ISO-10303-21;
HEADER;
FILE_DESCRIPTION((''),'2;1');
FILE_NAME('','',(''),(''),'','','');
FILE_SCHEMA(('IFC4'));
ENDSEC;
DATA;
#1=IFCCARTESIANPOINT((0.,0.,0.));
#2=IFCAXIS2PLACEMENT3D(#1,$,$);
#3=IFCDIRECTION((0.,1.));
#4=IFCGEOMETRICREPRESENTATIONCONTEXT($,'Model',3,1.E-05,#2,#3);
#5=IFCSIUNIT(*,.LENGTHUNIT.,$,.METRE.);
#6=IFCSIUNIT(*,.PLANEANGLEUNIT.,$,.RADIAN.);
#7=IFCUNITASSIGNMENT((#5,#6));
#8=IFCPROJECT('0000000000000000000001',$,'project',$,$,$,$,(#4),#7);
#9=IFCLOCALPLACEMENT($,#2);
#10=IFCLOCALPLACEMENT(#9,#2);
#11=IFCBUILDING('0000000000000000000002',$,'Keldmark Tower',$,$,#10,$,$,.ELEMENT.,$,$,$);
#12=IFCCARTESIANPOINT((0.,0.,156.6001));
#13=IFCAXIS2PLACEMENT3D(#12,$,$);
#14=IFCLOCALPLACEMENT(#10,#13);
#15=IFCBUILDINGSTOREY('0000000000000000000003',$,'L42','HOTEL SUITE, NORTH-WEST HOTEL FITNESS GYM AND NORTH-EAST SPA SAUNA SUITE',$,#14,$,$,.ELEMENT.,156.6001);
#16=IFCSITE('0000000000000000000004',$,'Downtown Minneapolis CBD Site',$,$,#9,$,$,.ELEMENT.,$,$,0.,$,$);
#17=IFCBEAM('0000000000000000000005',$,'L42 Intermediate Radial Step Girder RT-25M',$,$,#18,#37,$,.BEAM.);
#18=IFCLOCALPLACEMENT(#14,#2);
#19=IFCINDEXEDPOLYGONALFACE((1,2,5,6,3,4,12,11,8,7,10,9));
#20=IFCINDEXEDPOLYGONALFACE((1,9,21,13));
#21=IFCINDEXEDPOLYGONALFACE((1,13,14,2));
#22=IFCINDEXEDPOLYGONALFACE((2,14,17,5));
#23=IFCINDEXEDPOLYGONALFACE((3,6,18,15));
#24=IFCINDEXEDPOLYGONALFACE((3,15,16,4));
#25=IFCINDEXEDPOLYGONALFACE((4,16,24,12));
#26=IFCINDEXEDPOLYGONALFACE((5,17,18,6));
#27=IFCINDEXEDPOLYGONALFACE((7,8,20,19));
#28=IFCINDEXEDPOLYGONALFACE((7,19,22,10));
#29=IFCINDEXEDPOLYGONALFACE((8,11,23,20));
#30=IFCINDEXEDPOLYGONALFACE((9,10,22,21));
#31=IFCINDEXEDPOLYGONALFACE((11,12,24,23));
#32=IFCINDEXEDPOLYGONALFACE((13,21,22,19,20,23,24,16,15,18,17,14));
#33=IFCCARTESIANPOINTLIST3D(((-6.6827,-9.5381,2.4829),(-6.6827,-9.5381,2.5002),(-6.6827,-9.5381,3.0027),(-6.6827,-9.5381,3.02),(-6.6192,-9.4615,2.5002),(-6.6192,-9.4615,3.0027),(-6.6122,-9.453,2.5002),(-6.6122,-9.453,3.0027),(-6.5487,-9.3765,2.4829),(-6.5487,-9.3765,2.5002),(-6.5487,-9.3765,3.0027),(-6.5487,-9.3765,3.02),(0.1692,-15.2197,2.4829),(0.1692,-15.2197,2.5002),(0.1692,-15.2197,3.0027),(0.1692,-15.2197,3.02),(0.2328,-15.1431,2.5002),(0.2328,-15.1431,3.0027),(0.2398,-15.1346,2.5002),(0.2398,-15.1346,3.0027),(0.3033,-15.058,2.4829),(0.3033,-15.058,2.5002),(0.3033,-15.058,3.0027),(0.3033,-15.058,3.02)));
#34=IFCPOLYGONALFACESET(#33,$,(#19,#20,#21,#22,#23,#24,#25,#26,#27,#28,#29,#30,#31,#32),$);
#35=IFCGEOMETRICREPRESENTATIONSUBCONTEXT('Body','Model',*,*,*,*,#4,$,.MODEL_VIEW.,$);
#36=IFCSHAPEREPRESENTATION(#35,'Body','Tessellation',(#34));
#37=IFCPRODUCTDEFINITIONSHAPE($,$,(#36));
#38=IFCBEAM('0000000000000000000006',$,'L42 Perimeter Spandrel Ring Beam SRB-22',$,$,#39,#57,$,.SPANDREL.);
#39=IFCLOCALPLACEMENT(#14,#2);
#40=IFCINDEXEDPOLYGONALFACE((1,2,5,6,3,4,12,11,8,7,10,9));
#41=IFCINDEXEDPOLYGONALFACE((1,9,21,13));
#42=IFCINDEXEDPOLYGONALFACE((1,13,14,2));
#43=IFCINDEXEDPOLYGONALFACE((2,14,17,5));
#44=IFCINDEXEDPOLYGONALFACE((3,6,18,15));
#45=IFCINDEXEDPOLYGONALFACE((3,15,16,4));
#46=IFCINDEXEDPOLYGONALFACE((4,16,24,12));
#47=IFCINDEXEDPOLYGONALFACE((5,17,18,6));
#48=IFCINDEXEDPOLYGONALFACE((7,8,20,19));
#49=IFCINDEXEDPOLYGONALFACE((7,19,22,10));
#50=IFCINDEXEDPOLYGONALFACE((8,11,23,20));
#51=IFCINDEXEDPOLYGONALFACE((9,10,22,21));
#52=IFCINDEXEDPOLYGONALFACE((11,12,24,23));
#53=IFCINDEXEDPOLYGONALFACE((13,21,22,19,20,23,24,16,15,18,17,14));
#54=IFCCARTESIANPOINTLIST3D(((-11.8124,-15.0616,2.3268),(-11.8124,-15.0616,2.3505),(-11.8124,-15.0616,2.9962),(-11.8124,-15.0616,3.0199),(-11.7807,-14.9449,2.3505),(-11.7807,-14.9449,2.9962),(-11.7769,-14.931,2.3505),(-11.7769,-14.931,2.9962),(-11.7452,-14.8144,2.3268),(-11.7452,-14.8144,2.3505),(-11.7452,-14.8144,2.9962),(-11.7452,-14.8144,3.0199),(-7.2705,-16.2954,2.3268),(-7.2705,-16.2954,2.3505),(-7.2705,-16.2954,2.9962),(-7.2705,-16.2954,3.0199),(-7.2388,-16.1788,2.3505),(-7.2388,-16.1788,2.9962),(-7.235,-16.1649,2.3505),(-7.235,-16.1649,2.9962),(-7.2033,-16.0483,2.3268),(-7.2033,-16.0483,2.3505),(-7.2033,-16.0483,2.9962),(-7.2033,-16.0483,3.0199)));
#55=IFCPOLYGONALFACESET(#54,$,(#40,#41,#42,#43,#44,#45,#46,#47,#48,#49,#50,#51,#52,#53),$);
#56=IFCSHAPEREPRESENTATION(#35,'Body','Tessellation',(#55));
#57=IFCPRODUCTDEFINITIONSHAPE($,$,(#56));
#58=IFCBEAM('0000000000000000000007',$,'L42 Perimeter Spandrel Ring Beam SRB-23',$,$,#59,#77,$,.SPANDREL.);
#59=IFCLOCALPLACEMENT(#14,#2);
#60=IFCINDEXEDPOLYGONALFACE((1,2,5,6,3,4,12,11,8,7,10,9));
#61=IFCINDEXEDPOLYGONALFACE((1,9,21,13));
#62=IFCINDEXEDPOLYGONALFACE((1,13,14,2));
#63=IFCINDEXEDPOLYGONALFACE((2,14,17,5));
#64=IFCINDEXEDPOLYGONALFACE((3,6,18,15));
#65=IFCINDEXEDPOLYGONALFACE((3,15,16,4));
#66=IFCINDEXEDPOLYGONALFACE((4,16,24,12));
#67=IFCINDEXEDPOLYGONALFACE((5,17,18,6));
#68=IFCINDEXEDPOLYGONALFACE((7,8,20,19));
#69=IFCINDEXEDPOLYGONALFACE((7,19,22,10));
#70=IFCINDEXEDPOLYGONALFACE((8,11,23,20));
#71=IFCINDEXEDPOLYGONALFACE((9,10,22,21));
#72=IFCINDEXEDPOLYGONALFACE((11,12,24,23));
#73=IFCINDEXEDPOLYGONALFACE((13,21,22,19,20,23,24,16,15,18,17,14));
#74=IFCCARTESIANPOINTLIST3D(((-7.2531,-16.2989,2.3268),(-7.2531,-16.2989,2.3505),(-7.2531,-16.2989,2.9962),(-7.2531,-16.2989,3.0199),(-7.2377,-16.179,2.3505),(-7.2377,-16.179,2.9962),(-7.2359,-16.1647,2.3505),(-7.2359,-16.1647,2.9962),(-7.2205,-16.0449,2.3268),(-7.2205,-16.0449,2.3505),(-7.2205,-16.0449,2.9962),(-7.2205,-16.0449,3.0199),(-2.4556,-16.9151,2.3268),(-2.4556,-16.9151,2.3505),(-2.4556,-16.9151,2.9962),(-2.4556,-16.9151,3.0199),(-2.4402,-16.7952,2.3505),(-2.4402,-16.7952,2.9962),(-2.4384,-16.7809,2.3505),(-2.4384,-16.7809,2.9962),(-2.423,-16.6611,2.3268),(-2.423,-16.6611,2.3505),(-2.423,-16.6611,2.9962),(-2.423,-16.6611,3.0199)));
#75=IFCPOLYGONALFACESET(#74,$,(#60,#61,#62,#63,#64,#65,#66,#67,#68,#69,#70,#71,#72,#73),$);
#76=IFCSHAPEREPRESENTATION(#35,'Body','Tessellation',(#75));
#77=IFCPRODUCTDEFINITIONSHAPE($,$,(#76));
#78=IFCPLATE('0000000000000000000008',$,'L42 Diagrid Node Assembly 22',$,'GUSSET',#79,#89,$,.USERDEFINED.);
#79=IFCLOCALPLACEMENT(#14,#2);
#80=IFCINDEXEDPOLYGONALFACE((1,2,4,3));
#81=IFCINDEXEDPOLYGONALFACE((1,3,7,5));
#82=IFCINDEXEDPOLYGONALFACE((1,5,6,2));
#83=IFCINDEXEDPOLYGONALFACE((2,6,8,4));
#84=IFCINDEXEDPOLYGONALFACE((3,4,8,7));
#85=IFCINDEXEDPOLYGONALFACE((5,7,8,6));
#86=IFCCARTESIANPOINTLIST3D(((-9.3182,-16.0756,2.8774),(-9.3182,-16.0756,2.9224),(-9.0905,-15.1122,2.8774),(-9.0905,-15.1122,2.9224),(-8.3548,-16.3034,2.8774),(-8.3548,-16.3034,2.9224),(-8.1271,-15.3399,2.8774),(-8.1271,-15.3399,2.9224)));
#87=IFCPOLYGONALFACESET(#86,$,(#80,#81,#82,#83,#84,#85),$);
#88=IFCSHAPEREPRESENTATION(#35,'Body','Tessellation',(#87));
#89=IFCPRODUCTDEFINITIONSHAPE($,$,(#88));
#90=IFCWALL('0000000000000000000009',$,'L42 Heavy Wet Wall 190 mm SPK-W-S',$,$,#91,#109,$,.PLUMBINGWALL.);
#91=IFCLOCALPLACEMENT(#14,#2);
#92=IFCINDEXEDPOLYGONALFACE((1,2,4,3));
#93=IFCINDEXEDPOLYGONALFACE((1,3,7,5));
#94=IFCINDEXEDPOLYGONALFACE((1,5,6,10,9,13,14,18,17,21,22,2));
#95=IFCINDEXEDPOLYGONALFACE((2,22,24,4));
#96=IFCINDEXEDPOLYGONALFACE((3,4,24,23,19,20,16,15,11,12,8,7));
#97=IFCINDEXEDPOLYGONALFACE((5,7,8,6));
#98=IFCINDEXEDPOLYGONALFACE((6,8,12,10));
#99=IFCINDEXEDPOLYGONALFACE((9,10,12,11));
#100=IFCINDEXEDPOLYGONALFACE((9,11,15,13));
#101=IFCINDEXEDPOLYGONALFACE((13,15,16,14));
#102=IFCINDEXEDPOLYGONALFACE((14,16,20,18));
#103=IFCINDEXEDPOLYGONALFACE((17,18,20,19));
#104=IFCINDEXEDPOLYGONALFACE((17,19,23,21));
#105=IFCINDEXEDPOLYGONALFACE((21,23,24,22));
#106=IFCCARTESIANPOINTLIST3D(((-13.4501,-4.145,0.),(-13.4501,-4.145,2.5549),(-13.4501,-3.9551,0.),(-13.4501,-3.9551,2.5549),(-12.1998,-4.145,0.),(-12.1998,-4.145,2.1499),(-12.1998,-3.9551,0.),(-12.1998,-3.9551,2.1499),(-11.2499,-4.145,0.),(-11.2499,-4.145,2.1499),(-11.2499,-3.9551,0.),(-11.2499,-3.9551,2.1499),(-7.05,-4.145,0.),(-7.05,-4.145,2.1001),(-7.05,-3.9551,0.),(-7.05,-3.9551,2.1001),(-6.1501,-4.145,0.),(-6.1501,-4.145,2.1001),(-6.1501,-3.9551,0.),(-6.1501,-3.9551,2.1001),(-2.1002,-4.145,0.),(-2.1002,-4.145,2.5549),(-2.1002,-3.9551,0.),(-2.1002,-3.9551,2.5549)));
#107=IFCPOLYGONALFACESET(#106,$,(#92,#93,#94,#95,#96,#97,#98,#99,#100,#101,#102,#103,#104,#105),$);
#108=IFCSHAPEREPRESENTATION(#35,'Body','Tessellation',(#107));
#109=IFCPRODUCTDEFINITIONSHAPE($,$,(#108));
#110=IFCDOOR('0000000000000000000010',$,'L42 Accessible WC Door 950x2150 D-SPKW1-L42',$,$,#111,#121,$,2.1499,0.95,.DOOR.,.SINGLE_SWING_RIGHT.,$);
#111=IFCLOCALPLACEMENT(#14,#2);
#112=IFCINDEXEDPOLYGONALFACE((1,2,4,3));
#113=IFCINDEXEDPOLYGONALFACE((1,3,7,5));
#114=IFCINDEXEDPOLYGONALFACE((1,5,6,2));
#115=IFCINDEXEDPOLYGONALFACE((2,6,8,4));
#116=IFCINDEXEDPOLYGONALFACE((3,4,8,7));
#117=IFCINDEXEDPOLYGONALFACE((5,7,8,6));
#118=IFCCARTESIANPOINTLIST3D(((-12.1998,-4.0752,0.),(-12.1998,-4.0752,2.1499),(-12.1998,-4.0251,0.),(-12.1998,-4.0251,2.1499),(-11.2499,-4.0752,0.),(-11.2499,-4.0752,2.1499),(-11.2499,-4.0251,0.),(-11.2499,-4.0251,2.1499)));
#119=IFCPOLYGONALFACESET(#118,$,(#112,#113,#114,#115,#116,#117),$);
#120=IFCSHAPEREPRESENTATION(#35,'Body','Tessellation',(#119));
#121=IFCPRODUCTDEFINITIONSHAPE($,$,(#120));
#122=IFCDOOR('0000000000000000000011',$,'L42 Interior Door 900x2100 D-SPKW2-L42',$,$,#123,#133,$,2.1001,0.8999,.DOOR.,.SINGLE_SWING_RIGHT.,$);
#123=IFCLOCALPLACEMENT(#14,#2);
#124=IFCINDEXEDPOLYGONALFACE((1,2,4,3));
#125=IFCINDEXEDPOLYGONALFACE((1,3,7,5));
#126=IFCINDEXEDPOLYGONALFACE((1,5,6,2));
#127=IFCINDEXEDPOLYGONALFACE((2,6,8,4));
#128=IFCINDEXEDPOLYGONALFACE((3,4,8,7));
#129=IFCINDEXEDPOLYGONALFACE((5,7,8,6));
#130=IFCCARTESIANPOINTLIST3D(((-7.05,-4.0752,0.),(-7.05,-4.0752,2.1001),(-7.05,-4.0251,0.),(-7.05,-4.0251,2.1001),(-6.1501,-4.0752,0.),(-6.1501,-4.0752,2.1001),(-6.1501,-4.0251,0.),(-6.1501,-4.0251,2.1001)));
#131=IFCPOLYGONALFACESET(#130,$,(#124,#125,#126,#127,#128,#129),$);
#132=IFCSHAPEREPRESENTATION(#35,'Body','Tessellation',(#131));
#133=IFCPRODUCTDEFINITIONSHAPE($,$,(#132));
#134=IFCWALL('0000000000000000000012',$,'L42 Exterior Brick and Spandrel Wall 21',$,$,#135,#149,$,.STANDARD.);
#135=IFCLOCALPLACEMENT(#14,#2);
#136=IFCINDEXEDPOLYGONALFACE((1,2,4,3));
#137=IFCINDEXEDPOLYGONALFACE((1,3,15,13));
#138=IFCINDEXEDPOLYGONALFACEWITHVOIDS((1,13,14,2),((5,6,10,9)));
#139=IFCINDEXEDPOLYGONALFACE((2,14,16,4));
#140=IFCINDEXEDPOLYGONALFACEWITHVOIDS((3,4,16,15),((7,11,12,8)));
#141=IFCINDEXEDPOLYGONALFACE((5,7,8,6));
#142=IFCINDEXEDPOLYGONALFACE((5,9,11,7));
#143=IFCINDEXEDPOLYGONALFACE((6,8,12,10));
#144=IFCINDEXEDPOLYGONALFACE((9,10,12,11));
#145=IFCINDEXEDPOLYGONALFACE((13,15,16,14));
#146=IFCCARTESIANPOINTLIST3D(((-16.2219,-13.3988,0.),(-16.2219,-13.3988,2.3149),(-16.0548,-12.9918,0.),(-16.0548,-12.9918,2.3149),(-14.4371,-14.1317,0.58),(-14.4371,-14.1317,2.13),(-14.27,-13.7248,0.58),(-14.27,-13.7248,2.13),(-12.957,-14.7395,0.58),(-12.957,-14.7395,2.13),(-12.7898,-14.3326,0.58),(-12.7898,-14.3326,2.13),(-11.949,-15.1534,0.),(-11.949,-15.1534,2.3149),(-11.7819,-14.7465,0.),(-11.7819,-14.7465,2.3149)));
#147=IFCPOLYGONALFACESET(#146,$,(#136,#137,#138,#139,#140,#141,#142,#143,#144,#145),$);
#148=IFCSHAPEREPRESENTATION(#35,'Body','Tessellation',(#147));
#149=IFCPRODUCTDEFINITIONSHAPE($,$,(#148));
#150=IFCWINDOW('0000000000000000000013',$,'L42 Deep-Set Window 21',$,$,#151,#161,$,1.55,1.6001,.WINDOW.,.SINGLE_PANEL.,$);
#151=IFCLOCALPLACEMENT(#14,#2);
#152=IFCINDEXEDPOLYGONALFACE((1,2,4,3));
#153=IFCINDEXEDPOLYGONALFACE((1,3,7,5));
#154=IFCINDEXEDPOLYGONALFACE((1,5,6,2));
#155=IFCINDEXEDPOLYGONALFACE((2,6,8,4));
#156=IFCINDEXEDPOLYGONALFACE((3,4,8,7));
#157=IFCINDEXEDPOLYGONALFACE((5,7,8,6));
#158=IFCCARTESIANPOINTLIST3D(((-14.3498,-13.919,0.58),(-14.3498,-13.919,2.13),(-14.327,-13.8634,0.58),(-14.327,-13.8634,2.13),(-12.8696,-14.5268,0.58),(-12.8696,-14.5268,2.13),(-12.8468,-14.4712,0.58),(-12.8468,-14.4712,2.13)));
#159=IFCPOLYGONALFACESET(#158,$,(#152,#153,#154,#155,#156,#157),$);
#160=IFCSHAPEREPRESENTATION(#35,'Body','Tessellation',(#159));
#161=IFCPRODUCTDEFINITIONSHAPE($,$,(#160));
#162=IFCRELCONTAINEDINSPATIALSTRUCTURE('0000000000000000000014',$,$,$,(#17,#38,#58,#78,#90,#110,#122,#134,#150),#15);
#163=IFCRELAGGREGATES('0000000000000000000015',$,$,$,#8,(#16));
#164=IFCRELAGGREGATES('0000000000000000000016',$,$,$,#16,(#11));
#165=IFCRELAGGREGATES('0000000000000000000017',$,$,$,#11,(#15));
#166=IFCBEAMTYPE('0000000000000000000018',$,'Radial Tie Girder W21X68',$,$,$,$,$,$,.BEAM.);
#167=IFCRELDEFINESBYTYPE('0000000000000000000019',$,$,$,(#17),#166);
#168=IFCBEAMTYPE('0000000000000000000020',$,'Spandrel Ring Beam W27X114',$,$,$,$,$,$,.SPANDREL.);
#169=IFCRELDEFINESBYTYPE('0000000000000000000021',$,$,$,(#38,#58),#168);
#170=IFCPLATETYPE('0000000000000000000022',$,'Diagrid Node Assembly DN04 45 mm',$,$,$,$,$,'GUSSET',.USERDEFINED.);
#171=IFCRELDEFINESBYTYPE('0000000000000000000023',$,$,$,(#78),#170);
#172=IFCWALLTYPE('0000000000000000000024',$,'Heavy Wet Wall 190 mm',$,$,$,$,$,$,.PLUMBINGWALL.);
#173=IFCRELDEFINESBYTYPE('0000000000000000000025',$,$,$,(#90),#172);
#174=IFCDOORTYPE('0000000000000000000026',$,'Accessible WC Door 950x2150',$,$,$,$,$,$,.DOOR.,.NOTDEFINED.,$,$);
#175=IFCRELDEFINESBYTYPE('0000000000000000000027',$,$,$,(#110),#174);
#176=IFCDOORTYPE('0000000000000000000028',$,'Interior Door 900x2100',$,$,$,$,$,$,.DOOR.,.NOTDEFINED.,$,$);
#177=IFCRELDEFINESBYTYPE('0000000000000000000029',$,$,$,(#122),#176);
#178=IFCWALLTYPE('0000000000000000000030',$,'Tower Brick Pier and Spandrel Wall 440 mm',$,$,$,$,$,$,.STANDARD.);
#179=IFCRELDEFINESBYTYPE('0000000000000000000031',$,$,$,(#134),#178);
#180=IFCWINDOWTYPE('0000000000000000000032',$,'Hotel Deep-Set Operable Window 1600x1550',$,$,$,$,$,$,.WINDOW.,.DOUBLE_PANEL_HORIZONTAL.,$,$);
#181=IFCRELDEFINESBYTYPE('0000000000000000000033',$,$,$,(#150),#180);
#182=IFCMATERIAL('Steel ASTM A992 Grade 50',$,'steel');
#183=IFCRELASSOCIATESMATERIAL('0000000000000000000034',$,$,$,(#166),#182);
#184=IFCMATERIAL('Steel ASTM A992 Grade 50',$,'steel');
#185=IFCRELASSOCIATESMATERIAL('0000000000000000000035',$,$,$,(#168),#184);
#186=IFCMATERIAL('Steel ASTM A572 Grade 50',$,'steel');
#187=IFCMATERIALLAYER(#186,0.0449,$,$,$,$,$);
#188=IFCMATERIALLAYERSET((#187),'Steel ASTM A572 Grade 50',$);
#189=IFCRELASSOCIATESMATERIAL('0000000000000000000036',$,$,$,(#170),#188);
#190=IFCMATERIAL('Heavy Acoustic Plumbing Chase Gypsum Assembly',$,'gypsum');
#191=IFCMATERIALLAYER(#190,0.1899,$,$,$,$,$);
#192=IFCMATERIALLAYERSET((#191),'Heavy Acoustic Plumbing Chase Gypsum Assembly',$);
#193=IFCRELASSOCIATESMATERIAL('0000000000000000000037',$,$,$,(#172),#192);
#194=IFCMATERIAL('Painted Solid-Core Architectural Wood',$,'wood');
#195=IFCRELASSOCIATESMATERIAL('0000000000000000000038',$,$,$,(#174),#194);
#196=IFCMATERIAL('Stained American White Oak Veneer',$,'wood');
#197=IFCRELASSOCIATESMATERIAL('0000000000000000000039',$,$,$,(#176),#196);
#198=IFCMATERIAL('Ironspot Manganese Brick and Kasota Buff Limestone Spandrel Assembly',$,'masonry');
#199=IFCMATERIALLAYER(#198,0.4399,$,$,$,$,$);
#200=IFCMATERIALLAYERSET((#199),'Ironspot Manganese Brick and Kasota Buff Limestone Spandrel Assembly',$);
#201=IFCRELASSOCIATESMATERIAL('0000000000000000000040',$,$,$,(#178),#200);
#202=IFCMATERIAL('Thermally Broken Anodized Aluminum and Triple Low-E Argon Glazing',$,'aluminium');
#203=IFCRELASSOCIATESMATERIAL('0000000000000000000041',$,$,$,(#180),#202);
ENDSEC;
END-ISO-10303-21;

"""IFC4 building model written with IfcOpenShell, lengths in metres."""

from ifc_helpers import new_model, si_unit, direction, frame, frame_2d, origin, origin_2d, place, context, subcontext, project, spatial, rectangle, i_section, extrude, material, layer, layer_set, material_profile, profile_set, type_object, element, fill, save


model = new_model("IFC4")

# Units and contexts
model_context = context("Model", 3, precision=1e-05, world=origin(), true_north=direction((0.0, 1.0)))
body_context = subcontext(model_context, "Body", "Model", "MODEL_VIEW")
ifc_project = project(units=[si_unit("LENGTHUNIT", "METRE"), si_unit("PLANEANGLEUNIT", "RADIAN")], contexts=[model_context])

# Site, building, storey
site_placement = place(None, origin())
site = spatial("IfcSite", under=ifc_project, at=site_placement, Name="Downtown Minneapolis CBD Site", CompositionType="ELEMENT", RefElevation=0.0)
building_placement = place(site_placement, origin())
building = spatial("IfcBuilding", under=site, at=building_placement, Name="Keldmark Tower", CompositionType="ELEMENT")
storey_placement = place(building_placement, frame((0.0, 0.0, 156.6001)))
storey = spatial("IfcBuildingStorey", under=building, at=storey_placement, Name="L42", Description="HOTEL SUITE, NORTH-WEST HOTEL FITNESS GYM AND NORTH-EAST SPA SAUNA SUITE", CompositionType="ELEMENT", Elevation=156.6001)

# Beams
ifc_material_1 = material(Name="Steel ASTM A992 Grade 50", Category="steel")
ifc_material_profile_1 = material_profile(ifc_material_1, i_section(OverallWidth=0.21, OverallDepth=0.5371, WebThickness=0.011, FlangeThickness=0.0173, at=origin_2d()), Name="W21X68")
ifc_profile_set_1 = profile_set([ifc_material_profile_1], Name="Steel ASTM A992 Grade 50")
beam_type_1 = type_object("IfcBeamType", Name="Radial Tie Girder W21X68", PredefinedType="BEAM", material=ifc_profile_set_1)
beam_1_placement = place(storey_placement, frame((-6.6157, -9.4573, 2.7515), z_axis=(0.769788, -0.638299, 0.0), x_axis=(0.638299, 0.769788, 0.0)))
element("IfcBeam", 1, at=beam_1_placement, inside=storey, type_object=beam_type_1, Name="L42 Intermediate Radial Step Girder RT-25M", PredefinedType="BEAM", context=body_context, shape_type="SweptSolid", body=[
    extrude(i_section(OverallWidth=0.21, OverallDepth=0.5371, WebThickness=0.011, FlangeThickness=0.0173, at=origin_2d()), origin(), (0.0, 0.0, 1.0), 8.9011),
])
ifc_material_2 = material(Name="Steel ASTM A992 Grade 50", Category="steel")
ifc_material_profile_2 = material_profile(ifc_material_2, i_section(OverallWidth=0.2561, OverallDepth=0.6931, WebThickness=0.0144, FlangeThickness=0.0237, at=origin_2d()), Name="W27X114")
ifc_profile_set_2 = profile_set([ifc_material_profile_2], Name="Steel ASTM A992 Grade 50")
beam_type_2 = type_object("IfcBeamType", Name="Spandrel Ring Beam W27X114", PredefinedType="SPANDREL", material=ifc_profile_set_2)
beam_2_placement = place(storey_placement, frame((-11.7788, -14.938, 2.6733), z_axis=(0.965024, -0.26216, 0.0), x_axis=(0.26216, 0.965024, 0.0)))
element("IfcBeam", 2, at=beam_2_placement, inside=storey, type_object=beam_type_2, Name="L42 Perimeter Spandrel Ring Beam SRB-22", PredefinedType="SPANDREL", context=body_context, shape_type="SweptSolid", body=[
    extrude(i_section(OverallWidth=0.2561, OverallDepth=0.6931, WebThickness=0.0144, FlangeThickness=0.0237, at=origin_2d()), origin(), (0.0, 0.0, 1.0), 4.7065),
])
beam_3_placement = place(storey_placement, frame((-7.2368, -16.1719, 2.6733), z_axis=(0.991852, -0.127395, 0.0), x_axis=(0.127395, 0.991852, 0.0)))
element("IfcBeam", 3, at=beam_3_placement, inside=storey, type_object=beam_type_2, Name="L42 Perimeter Spandrel Ring Beam SRB-23", PredefinedType="SPANDREL", context=body_context, shape_type="SweptSolid", body=[
    extrude(i_section(OverallWidth=0.2561, OverallDepth=0.6931, WebThickness=0.0144, FlangeThickness=0.0237, at=origin_2d()), origin(), (0.0, 0.0, 1.0), 4.8369),
])

# Plate
ifc_material_3 = material(Name="Steel ASTM A572 Grade 50", Category="steel")
ifc_layer_1 = layer(ifc_material_3, 0.0449)
ifc_layer_set_1 = layer_set([ifc_layer_1], Name="Steel ASTM A572 Grade 50")
plate_type = type_object("IfcPlateType", Name="Diagrid Node Assembly DN04 45 mm", ElementType="GUSSET", PredefinedType="USERDEFINED", material=ifc_layer_set_1)
plate_placement = place(storey_placement, frame((-8.7227, -15.7078, 2.8774), z_axis=(0.0, 0.0, 1.0), x_axis=(0.973179, -0.23005, 0.0)))
element("IfcPlate", 4, at=plate_placement, inside=storey, type_object=plate_type, Name="L42 Diagrid Node Assembly 22", ObjectType="GUSSET", PredefinedType="USERDEFINED", context=body_context, shape_type="SweptSolid", body=[
    extrude(rectangle(XDim=0.99, YDim=0.99, at=origin_2d()), origin(), (0.0, 0.0, 1.0), 0.0449),
])

# Wall, openings, doors
ifc_material_4 = material(Name="Heavy Acoustic Plumbing Chase Gypsum Assembly", Category="gypsum")
ifc_layer_2 = layer(ifc_material_4, 0.1899)
ifc_layer_set_2 = layer_set([ifc_layer_2], Name="Heavy Acoustic Plumbing Chase Gypsum Assembly")
wall_type_1 = type_object("IfcWallType", Name="Heavy Wet Wall 190 mm", PredefinedType="PLUMBINGWALL", material=ifc_layer_set_2)
wall_1_placement = place(storey_placement, frame((-13.45, -4.05, 0.0), z_axis=(0.0, 0.0, 1.0), x_axis=(1.0, 0.0, 0.0)))
wall_1 = element("IfcWall", 5, at=wall_1_placement, inside=storey, type_object=wall_type_1, Name="L42 Heavy Wet Wall 190 mm SPK-W-S", PredefinedType="PLUMBINGWALL", context=body_context, shape_type="SweptSolid", body=[
    extrude(rectangle(XDim=11.3499, YDim=0.1899, at=frame_2d((5.6748, 0.0))), origin(), (0.0, 0.0, 1.0), 2.5549),
])
opening_1_placement = place(wall_1_placement, frame((1.25, 0.0, 0.0)))
opening_1 = element("IfcOpeningElement", 6, at=opening_1_placement, cuts=wall_1, PredefinedType="OPENING", context=body_context, shape_type="SweptSolid", body=[
    extrude(rectangle(XDim=0.95, YDim=2.1499, at=frame_2d((0.4751, 1.075))), frame((0.0, 0.105, 0.0), z_axis=(0.0, -1.0, 0.0), x_axis=(1.0, 0.0, 0.0)), (0.0, 0.0, 1.0), 0.21),
])
opening_2_placement = place(wall_1_placement, frame((6.3999, 0.0, 0.0)))
opening_2 = element("IfcOpeningElement", 7, at=opening_2_placement, cuts=wall_1, PredefinedType="OPENING", context=body_context, shape_type="SweptSolid", body=[
    extrude(rectangle(XDim=0.8999, YDim=2.1001, at=frame_2d((0.45, 1.05))), frame((0.0, 0.105, 0.0), z_axis=(0.0, -1.0, 0.0), x_axis=(1.0, 0.0, 0.0)), (0.0, 0.0, 1.0), 0.21),
])
ifc_material_5 = material(Name="Painted Solid-Core Architectural Wood", Category="wood")
door_type_1 = type_object("IfcDoorType", Name="Accessible WC Door 950x2150", OperationType="NOTDEFINED", PredefinedType="DOOR", material=ifc_material_5)
door_1_placement = place(opening_1_placement, origin())
door_1 = element("IfcDoor", 8, at=door_1_placement, inside=storey, type_object=door_type_1, Name="L42 Accessible WC Door 950x2150 D-SPKW1-L42", OperationType="SINGLE_SWING_RIGHT", OverallHeight=2.1499, OverallWidth=0.95, PredefinedType="DOOR", context=body_context, shape_type="SweptSolid", body=[
    extrude(rectangle(XDim=0.95, YDim=2.1499, at=frame_2d((0.4751, 1.075))), frame((0.0, 0.0249, 0.0), z_axis=(0.0, -1.0, 0.0), x_axis=(1.0, 0.0, 0.0)), (0.0, 0.0, 1.0), 0.05),
])
fill(opening_1, door_1)
ifc_material_6 = material(Name="Stained American White Oak Veneer", Category="wood")
door_type_2 = type_object("IfcDoorType", Name="Interior Door 900x2100", OperationType="NOTDEFINED", PredefinedType="DOOR", material=ifc_material_6)
door_2_placement = place(opening_2_placement, origin())
door_2 = element("IfcDoor", 9, at=door_2_placement, inside=storey, type_object=door_type_2, Name="L42 Interior Door 900x2100 D-SPKW2-L42", OperationType="SINGLE_SWING_RIGHT", OverallHeight=2.1001, OverallWidth=0.8999, PredefinedType="DOOR", context=body_context, shape_type="SweptSolid", body=[
    extrude(rectangle(XDim=0.8999, YDim=2.1001, at=frame_2d((0.45, 1.05))), frame((0.0, 0.0249, 0.0), z_axis=(0.0, -1.0, 0.0), x_axis=(1.0, 0.0, 0.0)), (0.0, 0.0, 1.0), 0.05),
])
fill(opening_2, door_2)

# Wall, opening, window
ifc_material_7 = material(Name="Ironspot Manganese Brick and Kasota Buff Limestone Spandrel Assembly", Category="masonry")
ifc_layer_3 = layer(ifc_material_7, 0.4399)
ifc_layer_set_3 = layer_set([ifc_layer_3], Name="Ironspot Manganese Brick and Kasota Buff Limestone Spandrel Assembly")
wall_type_2 = type_object("IfcWallType", Name="Tower Brick Pier and Spandrel Wall 440 mm", PredefinedType="STANDARD", material=ifc_layer_set_3)
wall_2_placement = place(storey_placement, frame((-11.8655, -14.95, 0.0), z_axis=(0.0, 0.0, 1.0), x_axis=(-0.925044, 0.379859, 0.0)))
wall_2 = element("IfcWall", 10, at=wall_2_placement, inside=storey, type_object=wall_type_2, Name="L42 Exterior Brick and Spandrel Wall 21", PredefinedType="STANDARD", context=body_context, shape_type="SweptSolid", body=[
    extrude(rectangle(XDim=4.6191, YDim=0.4399, at=frame_2d((2.3096, 0.0))), origin(), (0.0, 0.0, 1.0), 2.3149),
])
opening_3_placement = place(wall_2_placement, frame((1.0896, 0.0, 0.5801)))
opening_3 = element("IfcOpeningElement", 11, at=opening_3_placement, cuts=wall_2, PredefinedType="OPENING", context=body_context, shape_type="SweptSolid", body=[
    extrude(rectangle(XDim=1.6001, YDim=1.55, at=frame_2d((0.8, 0.7749))), frame((0.0, 0.23, 0.0), z_axis=(0.0, -1.0, 0.0), x_axis=(1.0, 0.0, 0.0)), (0.0, 0.0, 1.0), 0.46),
])
ifc_material_8 = material(Name="Thermally Broken Anodized Aluminum and Triple Low-E Argon Glazing", Category="aluminium")
window_type = type_object("IfcWindowType", Name="Hotel Deep-Set Operable Window 1600x1550", PartitioningType="DOUBLE_PANEL_HORIZONTAL", PredefinedType="WINDOW", material=ifc_material_8)
window_1_placement = place(opening_3_placement, origin())
window_1 = element("IfcWindow", 12, at=window_1_placement, inside=storey, type_object=window_type, Name="L42 Deep-Set Window 21", OverallHeight=1.55, OverallWidth=1.6001, PartitioningType="SINGLE_PANEL", PredefinedType="WINDOW", context=body_context, shape_type="SweptSolid", body=[
    extrude(rectangle(XDim=1.6001, YDim=1.55, at=frame_2d((0.8, 0.7749))), frame((0.0, -0.01, 0.0), z_axis=(0.0, -1.0, 0.0), x_axis=(1.0, 0.0, 0.0)), (0.0, 0.0, 1.0), 0.0601),
])
fill(opening_3, window_1)

save(model, "model.ifc")
